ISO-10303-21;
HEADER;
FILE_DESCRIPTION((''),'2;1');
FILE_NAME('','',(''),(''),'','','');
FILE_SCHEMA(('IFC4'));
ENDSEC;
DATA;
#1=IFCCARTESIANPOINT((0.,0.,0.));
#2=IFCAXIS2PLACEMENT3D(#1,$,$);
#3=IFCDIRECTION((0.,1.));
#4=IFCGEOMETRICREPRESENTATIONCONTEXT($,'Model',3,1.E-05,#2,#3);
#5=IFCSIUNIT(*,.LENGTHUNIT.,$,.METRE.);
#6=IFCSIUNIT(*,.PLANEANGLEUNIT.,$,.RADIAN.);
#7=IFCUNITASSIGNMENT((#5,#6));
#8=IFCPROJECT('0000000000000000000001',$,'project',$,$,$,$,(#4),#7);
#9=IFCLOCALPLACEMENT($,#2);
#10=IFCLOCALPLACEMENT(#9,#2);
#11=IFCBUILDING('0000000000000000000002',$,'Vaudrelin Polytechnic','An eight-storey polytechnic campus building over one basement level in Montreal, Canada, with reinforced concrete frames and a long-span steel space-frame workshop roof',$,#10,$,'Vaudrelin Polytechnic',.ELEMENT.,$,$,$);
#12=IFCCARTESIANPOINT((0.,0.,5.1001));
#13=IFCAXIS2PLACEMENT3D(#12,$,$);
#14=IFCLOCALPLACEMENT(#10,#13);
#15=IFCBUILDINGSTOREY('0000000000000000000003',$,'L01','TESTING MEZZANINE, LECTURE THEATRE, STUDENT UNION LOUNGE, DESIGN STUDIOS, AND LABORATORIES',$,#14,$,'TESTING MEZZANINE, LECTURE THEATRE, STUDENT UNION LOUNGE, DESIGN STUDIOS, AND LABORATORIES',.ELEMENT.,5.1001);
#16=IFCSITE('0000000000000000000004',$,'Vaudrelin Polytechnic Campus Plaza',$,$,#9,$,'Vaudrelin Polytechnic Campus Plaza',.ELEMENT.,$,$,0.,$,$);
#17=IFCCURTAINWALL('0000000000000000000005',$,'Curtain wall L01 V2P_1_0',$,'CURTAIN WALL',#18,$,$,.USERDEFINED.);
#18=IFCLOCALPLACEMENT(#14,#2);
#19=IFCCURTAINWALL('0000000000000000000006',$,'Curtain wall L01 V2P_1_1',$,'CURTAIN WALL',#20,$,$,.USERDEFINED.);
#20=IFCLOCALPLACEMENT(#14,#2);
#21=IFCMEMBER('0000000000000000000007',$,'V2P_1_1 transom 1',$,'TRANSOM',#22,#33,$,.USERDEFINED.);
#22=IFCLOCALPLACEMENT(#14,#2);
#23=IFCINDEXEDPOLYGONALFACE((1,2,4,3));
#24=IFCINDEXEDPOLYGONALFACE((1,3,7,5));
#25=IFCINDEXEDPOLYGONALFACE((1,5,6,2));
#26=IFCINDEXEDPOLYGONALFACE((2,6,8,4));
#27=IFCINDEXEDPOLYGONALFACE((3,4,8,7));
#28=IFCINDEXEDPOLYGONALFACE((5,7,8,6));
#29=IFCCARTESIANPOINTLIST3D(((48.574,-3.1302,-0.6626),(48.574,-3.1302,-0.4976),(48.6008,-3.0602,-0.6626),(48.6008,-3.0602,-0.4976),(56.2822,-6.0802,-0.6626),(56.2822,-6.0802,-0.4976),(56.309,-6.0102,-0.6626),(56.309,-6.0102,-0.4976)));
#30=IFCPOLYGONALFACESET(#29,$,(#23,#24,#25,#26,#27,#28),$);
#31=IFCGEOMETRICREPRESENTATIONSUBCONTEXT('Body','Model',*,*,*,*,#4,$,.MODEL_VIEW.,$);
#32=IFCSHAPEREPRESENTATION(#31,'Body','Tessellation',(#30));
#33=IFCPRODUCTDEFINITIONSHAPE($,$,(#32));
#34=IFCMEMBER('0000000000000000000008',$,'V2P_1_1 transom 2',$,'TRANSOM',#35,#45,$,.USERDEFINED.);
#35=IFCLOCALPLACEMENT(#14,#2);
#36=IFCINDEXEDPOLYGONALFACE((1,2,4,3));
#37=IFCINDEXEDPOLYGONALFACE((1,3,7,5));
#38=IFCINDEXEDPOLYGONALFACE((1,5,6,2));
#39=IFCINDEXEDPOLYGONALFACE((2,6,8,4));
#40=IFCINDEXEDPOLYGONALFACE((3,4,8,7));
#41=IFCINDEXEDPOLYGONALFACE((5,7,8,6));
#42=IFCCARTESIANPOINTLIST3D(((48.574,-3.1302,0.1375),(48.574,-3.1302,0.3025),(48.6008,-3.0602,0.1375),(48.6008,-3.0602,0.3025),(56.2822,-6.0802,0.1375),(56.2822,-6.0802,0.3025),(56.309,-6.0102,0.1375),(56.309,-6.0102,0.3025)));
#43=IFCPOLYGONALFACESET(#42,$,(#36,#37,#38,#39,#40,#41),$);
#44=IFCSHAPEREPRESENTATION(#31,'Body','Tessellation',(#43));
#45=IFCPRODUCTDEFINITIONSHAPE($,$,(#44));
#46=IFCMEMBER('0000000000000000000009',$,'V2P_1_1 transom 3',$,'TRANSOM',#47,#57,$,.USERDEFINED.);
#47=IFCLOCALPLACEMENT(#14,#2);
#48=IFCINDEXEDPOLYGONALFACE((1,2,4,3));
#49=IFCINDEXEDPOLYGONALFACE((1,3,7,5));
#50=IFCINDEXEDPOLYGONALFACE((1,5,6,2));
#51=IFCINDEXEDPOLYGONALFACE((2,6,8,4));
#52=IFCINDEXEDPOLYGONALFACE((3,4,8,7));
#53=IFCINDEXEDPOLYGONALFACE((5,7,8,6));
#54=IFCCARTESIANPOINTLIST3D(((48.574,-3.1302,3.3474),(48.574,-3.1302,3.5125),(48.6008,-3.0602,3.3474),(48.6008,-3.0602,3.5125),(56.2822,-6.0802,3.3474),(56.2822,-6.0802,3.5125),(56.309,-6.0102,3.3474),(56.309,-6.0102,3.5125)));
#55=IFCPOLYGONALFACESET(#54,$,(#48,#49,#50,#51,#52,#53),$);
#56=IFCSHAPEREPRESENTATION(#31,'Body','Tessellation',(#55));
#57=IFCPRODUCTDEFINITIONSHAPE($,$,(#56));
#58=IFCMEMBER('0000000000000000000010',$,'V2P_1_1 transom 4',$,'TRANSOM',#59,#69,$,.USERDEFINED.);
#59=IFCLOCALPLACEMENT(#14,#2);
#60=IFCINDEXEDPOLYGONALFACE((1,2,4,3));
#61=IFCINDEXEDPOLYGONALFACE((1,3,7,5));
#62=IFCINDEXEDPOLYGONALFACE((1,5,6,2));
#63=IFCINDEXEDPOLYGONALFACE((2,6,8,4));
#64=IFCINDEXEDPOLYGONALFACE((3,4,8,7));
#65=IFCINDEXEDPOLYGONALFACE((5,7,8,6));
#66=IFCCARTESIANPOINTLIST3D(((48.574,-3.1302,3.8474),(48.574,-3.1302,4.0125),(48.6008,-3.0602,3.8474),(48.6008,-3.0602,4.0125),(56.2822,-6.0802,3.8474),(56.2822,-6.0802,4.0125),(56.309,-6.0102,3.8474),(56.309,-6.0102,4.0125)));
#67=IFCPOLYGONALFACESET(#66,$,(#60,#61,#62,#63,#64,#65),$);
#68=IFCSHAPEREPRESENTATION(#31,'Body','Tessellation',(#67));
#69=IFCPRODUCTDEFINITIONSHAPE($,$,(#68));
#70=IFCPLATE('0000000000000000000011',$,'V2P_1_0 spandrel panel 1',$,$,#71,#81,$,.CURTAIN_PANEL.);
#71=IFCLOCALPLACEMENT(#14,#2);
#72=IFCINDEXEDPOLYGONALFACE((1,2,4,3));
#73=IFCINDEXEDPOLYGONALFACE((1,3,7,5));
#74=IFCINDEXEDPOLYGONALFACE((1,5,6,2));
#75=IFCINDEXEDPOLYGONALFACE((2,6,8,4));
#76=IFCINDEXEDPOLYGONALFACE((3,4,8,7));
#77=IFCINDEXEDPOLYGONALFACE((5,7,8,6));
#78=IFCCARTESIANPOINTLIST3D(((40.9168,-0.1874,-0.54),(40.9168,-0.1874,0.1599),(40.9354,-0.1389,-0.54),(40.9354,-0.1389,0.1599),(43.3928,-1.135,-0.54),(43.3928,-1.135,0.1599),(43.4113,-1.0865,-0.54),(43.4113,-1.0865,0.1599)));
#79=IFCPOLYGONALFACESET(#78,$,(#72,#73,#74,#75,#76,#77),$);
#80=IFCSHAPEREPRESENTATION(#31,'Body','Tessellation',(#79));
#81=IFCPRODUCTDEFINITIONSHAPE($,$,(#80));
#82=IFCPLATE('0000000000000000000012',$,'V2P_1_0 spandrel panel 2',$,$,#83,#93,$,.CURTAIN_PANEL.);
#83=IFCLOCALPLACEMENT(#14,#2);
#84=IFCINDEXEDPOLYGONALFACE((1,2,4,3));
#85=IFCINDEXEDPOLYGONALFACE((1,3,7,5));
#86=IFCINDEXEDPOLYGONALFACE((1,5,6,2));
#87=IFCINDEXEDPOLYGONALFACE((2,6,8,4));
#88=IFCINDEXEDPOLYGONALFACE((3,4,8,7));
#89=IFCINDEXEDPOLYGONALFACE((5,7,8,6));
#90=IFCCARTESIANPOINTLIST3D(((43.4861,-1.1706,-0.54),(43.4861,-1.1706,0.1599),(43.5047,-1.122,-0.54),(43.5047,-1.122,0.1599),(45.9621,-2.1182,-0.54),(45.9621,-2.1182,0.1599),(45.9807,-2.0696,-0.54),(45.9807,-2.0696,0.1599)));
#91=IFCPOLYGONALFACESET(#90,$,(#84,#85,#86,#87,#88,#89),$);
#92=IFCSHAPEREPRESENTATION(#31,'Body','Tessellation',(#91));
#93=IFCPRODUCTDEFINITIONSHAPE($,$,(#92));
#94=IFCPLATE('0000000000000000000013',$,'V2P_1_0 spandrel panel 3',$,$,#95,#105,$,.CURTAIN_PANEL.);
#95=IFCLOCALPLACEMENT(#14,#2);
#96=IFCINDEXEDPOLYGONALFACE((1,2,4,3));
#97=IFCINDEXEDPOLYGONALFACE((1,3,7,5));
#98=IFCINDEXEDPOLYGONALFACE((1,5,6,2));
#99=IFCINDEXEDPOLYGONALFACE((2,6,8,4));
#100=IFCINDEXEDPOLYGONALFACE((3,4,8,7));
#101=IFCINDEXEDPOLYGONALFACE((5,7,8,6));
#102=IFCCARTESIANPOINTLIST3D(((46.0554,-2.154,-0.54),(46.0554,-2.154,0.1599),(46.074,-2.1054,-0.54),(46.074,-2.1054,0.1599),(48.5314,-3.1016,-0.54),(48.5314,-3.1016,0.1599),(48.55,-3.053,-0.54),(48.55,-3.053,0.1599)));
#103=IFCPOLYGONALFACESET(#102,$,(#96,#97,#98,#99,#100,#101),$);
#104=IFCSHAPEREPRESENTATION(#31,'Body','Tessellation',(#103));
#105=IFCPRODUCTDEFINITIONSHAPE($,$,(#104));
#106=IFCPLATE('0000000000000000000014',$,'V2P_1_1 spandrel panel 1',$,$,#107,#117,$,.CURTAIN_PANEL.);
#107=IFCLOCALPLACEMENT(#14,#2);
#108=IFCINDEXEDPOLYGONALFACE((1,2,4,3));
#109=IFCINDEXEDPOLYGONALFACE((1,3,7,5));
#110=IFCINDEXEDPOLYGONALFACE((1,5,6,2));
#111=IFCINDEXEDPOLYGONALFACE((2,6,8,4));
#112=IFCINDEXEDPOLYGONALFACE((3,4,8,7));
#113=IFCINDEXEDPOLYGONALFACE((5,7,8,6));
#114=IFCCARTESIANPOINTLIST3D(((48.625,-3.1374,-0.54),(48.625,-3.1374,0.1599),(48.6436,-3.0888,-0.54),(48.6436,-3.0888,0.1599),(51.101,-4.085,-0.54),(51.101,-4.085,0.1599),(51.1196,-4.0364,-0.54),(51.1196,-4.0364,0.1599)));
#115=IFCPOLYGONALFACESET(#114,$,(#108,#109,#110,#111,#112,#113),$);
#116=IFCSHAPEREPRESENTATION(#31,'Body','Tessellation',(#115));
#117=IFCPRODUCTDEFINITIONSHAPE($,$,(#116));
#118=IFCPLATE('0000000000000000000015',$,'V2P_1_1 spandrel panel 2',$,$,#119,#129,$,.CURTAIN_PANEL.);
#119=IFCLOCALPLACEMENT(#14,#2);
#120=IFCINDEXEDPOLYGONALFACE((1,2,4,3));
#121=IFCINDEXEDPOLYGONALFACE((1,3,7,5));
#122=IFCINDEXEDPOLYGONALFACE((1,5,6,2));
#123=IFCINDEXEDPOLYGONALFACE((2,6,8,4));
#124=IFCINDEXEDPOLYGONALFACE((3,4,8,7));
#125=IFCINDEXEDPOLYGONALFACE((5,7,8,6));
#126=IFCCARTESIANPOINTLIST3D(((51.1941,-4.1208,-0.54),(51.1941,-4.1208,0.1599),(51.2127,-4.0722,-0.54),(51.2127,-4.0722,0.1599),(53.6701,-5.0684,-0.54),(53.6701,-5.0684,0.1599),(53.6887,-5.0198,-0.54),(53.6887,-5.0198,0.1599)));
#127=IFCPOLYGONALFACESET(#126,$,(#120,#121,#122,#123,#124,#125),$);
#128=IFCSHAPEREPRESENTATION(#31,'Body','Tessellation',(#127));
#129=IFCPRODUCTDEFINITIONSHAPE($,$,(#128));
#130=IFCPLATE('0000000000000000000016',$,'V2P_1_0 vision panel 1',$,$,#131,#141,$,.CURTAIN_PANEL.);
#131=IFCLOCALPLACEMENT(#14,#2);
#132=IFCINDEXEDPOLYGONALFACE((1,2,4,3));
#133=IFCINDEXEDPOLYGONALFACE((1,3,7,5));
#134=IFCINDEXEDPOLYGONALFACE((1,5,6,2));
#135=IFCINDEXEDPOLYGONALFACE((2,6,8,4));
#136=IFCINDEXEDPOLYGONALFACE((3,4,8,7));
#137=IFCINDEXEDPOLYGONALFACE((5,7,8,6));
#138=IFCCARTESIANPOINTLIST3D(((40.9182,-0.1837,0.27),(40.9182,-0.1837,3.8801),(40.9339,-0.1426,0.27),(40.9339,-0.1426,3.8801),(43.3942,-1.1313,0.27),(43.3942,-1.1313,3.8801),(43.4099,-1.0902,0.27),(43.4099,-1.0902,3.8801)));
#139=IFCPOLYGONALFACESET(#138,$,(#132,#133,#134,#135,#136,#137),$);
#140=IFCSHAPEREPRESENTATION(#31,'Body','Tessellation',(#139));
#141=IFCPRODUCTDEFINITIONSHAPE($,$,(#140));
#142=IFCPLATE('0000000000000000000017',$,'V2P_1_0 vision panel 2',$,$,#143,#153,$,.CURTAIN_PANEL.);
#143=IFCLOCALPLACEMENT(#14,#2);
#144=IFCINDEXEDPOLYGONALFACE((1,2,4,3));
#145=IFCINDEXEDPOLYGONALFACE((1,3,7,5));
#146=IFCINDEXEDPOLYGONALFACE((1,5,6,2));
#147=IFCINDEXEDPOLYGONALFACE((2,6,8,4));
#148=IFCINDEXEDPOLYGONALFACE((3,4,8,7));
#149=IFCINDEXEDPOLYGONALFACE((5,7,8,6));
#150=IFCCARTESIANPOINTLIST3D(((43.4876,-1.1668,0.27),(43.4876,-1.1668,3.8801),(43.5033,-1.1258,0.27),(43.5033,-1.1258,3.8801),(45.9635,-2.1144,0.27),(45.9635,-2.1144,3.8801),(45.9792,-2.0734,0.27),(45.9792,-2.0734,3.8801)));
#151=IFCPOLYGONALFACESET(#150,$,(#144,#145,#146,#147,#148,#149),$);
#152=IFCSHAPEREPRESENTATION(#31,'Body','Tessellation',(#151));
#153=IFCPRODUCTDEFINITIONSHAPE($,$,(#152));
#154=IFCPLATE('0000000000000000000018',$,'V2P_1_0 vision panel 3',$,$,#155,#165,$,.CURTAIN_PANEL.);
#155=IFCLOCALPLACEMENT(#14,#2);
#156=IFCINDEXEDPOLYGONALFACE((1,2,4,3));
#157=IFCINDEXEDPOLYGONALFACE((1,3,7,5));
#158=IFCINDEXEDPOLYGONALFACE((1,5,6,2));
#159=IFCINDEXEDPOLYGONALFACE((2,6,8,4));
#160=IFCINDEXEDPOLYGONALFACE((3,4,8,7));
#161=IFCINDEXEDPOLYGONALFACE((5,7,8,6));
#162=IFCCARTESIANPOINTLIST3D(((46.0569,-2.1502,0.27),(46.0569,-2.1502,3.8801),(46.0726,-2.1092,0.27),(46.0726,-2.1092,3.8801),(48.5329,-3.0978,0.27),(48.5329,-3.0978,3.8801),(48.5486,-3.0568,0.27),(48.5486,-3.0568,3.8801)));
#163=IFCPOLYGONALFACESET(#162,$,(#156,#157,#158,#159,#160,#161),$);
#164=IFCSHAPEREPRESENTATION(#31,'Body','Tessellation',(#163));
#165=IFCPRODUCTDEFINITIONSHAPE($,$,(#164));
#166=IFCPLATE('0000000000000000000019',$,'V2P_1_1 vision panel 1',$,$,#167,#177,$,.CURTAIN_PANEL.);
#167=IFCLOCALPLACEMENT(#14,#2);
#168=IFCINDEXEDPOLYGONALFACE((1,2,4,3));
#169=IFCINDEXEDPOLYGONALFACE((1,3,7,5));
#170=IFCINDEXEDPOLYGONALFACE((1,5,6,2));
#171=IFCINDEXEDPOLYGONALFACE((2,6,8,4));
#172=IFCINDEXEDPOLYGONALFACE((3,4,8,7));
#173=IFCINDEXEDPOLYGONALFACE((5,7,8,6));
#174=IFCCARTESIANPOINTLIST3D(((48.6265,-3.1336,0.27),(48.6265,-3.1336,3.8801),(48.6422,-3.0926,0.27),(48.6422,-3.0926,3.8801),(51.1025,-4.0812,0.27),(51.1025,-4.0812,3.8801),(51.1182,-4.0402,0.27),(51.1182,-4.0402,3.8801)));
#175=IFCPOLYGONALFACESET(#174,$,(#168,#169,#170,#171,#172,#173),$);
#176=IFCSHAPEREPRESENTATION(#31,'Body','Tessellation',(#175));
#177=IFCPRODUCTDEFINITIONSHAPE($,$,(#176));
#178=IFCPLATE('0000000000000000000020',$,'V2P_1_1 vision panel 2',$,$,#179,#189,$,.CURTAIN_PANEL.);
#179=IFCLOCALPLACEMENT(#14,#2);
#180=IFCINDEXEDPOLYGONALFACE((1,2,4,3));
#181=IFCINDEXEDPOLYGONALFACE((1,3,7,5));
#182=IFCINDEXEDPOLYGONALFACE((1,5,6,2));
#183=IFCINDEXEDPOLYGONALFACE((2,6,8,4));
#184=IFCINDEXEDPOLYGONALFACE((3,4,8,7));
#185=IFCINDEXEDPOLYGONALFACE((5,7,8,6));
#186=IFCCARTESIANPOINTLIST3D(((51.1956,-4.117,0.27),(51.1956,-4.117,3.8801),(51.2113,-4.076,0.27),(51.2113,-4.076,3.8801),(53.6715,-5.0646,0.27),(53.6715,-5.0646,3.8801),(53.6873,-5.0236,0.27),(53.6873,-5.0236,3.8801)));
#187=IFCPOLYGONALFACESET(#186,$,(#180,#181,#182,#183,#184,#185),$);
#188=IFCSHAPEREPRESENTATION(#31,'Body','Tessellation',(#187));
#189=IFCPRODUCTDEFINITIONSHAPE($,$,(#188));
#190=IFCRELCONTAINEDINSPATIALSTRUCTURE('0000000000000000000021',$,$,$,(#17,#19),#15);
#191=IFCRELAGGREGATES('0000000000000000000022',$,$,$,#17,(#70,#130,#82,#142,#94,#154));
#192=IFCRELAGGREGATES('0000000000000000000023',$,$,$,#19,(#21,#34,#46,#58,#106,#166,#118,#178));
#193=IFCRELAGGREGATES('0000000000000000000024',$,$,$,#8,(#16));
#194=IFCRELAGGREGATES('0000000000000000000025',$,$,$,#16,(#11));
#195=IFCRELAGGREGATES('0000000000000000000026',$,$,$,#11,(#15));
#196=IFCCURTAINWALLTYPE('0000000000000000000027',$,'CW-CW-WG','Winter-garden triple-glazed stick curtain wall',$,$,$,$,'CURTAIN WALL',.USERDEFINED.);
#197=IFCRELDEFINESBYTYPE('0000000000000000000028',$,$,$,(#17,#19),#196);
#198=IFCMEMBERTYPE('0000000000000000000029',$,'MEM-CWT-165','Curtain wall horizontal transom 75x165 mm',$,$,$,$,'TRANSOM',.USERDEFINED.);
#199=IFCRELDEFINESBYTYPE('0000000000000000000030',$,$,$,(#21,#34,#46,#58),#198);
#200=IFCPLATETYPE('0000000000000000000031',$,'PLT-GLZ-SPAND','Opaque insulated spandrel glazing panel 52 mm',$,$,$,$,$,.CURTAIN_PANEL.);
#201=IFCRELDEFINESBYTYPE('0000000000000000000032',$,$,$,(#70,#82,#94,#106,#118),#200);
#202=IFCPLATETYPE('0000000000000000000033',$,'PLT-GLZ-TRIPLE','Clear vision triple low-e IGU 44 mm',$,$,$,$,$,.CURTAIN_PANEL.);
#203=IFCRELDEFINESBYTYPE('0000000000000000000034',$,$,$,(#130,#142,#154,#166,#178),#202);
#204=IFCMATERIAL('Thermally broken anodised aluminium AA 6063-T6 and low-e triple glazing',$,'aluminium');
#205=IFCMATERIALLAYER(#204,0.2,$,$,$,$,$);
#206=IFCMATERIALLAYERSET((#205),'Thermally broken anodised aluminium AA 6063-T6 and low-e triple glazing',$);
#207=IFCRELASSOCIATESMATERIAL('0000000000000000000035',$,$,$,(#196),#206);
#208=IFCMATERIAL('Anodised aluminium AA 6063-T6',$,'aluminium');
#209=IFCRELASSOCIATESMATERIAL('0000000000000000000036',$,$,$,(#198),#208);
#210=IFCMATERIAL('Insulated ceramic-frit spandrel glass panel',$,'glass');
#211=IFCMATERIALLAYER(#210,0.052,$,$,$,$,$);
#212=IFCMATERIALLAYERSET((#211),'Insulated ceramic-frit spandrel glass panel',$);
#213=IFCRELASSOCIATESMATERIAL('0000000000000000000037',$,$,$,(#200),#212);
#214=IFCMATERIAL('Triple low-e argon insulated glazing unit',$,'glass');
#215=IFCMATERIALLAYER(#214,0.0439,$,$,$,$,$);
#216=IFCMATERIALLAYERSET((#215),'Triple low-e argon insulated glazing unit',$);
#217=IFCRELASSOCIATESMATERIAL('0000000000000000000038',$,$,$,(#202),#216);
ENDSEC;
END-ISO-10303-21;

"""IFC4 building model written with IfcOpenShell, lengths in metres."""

from ifc_helpers import new_model, si_unit, direction, frame, origin, origin_2d, place, context, subcontext, project, spatial, rectangle, extrude, material, layer, layer_set, material_profile, profile_set, type_object, element, aggregate, save


model = new_model("IFC4")

# Units and contexts
model_context = context("Model", 3, precision=1e-05, world=origin(), true_north=direction((0.0, 1.0)))
body_context = subcontext(model_context, "Body", "Model", "MODEL_VIEW")
ifc_project = project(units=[si_unit("LENGTHUNIT", "METRE"), si_unit("PLANEANGLEUNIT", "RADIAN")], contexts=[model_context])

# Site, building, storey
site_placement = place(None, origin())
site = spatial("IfcSite", under=ifc_project, at=site_placement, Name="Vaudrelin Polytechnic Campus Plaza", LongName="Vaudrelin Polytechnic Campus Plaza", CompositionType="ELEMENT", RefElevation=0.0)
building_placement = place(site_placement, origin())
building = spatial("IfcBuilding", under=site, at=building_placement, Name="Vaudrelin Polytechnic", Description="An eight-storey polytechnic campus building over one basement level in Montreal, Canada, with reinforced concrete frames and a long-span steel space-frame workshop roof", LongName="Vaudrelin Polytechnic", CompositionType="ELEMENT")
storey_placement = place(building_placement, frame((0.0, 0.0, 5.1001)))
storey = spatial("IfcBuildingStorey", under=building, at=storey_placement, Name="L01", Description="TESTING MEZZANINE, LECTURE THEATRE, STUDENT UNION LOUNGE, DESIGN STUDIOS, AND LABORATORIES", LongName="TESTING MEZZANINE, LECTURE THEATRE, STUDENT UNION LOUNGE, DESIGN STUDIOS, AND LABORATORIES", CompositionType="ELEMENT", Elevation=5.1001)

# Curtain walls
ifc_material_1 = material(Name="Thermally broken anodised aluminium AA 6063-T6 and low-e triple glazing", Category="aluminium")
ifc_layer_1 = layer(ifc_material_1, 0.2)
ifc_layer_set_1 = layer_set([ifc_layer_1], Name="Thermally broken anodised aluminium AA 6063-T6 and low-e triple glazing")
curtain_wall_type = type_object("IfcCurtainWallType", Name="CW-CW-WG", Description="Winter-garden triple-glazed stick curtain wall", ElementType="CURTAIN WALL", PredefinedType="USERDEFINED", material=ifc_layer_set_1)
curtain_wall_1_placement = place(storey_placement, origin())
curtain_wall_1 = element("IfcCurtainWall", 1, at=curtain_wall_1_placement, inside=storey, type_object=curtain_wall_type, Name="Curtain wall L01 V2P_1_0", ObjectType="CURTAIN WALL", PredefinedType="USERDEFINED")
ifc_material_2 = material(Name="Anodised aluminium AA 6063-T6", Category="aluminium")
curtain_wall_2_placement = place(storey_placement, origin())
curtain_wall_2 = element("IfcCurtainWall", 2, at=curtain_wall_2_placement, inside=storey, type_object=curtain_wall_type, Name="Curtain wall L01 V2P_1_1", ObjectType="CURTAIN WALL", PredefinedType="USERDEFINED")

# Members
ifc_material_profile_1 = material_profile(ifc_material_2, rectangle(XDim=0.075, YDim=0.165, at=origin_2d()), Name="CWT-75x165")
ifc_profile_set_1 = profile_set([ifc_material_profile_1], Name="Anodised aluminium AA 6063-T6")
member_type_1 = type_object("IfcMemberType", Name="MEM-CWT-165", Description="Curtain wall horizontal transom 75x165 mm", ElementType="TRANSOM", PredefinedType="USERDEFINED", material=ifc_profile_set_1)
member_1_placement = place(storey_placement, frame((48.5874, -3.0952, -0.5801), z_axis=(0.933944, -0.357421, 0.0), x_axis=(0.357421, 0.933944, 0.0)))
member_1 = element("IfcMember", 3, at=member_1_placement, type_object=member_type_1, Name="V2P_1_1 transom 1", ObjectType="TRANSOM", PredefinedType="USERDEFINED", context=body_context, shape_type="SweptSolid", body=[
    extrude(rectangle(XDim=0.075, YDim=0.165, at=origin_2d()), origin(), (0.0, 0.0, 1.0), 8.2534),
])
member_2_placement = place(storey_placement, frame((48.5874, -3.0952, 0.22), z_axis=(0.933944, -0.357421, 0.0), x_axis=(0.357421, 0.933944, 0.0)))
member_2 = element("IfcMember", 4, at=member_2_placement, type_object=member_type_1, Name="V2P_1_1 transom 2", ObjectType="TRANSOM", PredefinedType="USERDEFINED", context=body_context, shape_type="SweptSolid", body=[
    extrude(rectangle(XDim=0.075, YDim=0.165, at=origin_2d()), origin(), (0.0, 0.0, 1.0), 8.2534),
])
member_3_placement = place(storey_placement, frame((48.5874, -3.0952, 3.4299), z_axis=(0.933944, -0.357421, 0.0), x_axis=(0.357421, 0.933944, 0.0)))
member_3 = element("IfcMember", 5, at=member_3_placement, type_object=member_type_1, Name="V2P_1_1 transom 3", ObjectType="TRANSOM", PredefinedType="USERDEFINED", context=body_context, shape_type="SweptSolid", body=[
    extrude(rectangle(XDim=0.075, YDim=0.165, at=origin_2d()), origin(), (0.0, 0.0, 1.0), 8.2534),
])
member_4_placement = place(storey_placement, frame((48.5874, -3.0952, 3.9299), z_axis=(0.933944, -0.357421, 0.0), x_axis=(0.357421, 0.933944, 0.0)))
member_4 = element("IfcMember", 6, at=member_4_placement, type_object=member_type_1, Name="V2P_1_1 transom 4", ObjectType="TRANSOM", PredefinedType="USERDEFINED", context=body_context, shape_type="SweptSolid", body=[
    extrude(rectangle(XDim=0.075, YDim=0.165, at=origin_2d()), origin(), (0.0, 0.0, 1.0), 8.2534),
])

# Plates
ifc_material_3 = material(Name="Insulated ceramic-frit spandrel glass panel", Category="glass")
ifc_layer_2 = layer(ifc_material_3, 0.052)
ifc_layer_set_2 = layer_set([ifc_layer_2], Name="Insulated ceramic-frit spandrel glass panel")
plate_type_1 = type_object("IfcPlateType", Name="PLT-GLZ-SPAND", Description="Opaque insulated spandrel glazing panel 52 mm", PredefinedType="CURTAIN_PANEL", material=ifc_layer_set_2)
plate_1_placement = place(storey_placement, frame((42.1641, -0.637, -0.54), z_axis=(0.0, 0.0, 1.0), x_axis=(0.933939, -0.357432, 0.0)))
plate_1 = element("IfcPlate", 7, at=plate_1_placement, type_object=plate_type_1, Name="V2P_1_0 spandrel panel 1", PredefinedType="CURTAIN_PANEL", context=body_context, shape_type="SweptSolid", body=[
    extrude(rectangle(XDim=2.6511, YDim=0.052, at=origin_2d()), origin(), (0.0, 0.0, 1.0), 0.7),
])
plate_2_placement = place(storey_placement, frame((44.7334, -1.6201, -0.54), z_axis=(0.0, 0.0, 1.0), x_axis=(0.933939, -0.357432, 0.0)))
plate_2 = element("IfcPlate", 8, at=plate_2_placement, type_object=plate_type_1, Name="V2P_1_0 spandrel panel 2", PredefinedType="CURTAIN_PANEL", context=body_context, shape_type="SweptSolid", body=[
    extrude(rectangle(XDim=2.6511, YDim=0.052, at=origin_2d()), origin(), (0.0, 0.0, 1.0), 0.7),
])
plate_3_placement = place(storey_placement, frame((47.3027, -2.6035, -0.54), z_axis=(0.0, 0.0, 1.0), x_axis=(0.933939, -0.357432, 0.0)))
plate_3 = element("IfcPlate", 9, at=plate_3_placement, type_object=plate_type_1, Name="V2P_1_0 spandrel panel 3", PredefinedType="CURTAIN_PANEL", context=body_context, shape_type="SweptSolid", body=[
    extrude(rectangle(XDim=2.6511, YDim=0.052, at=origin_2d()), origin(), (0.0, 0.0, 1.0), 0.7),
])
plate_4_placement = place(storey_placement, frame((49.8723, -3.5869, -0.54), z_axis=(0.0, 0.0, 1.0), x_axis=(0.933939, -0.357432, 0.0)))
plate_4 = element("IfcPlate", 10, at=plate_4_placement, type_object=plate_type_1, Name="V2P_1_1 spandrel panel 1", PredefinedType="CURTAIN_PANEL", context=body_context, shape_type="SweptSolid", body=[
    extrude(rectangle(XDim=2.6511, YDim=0.052, at=origin_2d()), origin(), (0.0, 0.0, 1.0), 0.7),
])
plate_5_placement = place(storey_placement, frame((52.4414, -4.5703, -0.54), z_axis=(0.0, 0.0, 1.0), x_axis=(0.933939, -0.357432, 0.0)))
plate_5 = element("IfcPlate", 11, at=plate_5_placement, type_object=plate_type_1, Name="V2P_1_1 spandrel panel 2", PredefinedType="CURTAIN_PANEL", context=body_context, shape_type="SweptSolid", body=[
    extrude(rectangle(XDim=2.6511, YDim=0.052, at=origin_2d()), origin(), (0.0, 0.0, 1.0), 0.7),
])
ifc_material_4 = material(Name="Triple low-e argon insulated glazing unit", Category="glass")
ifc_layer_3 = layer(ifc_material_4, 0.0439)
ifc_layer_set_3 = layer_set([ifc_layer_3], Name="Triple low-e argon insulated glazing unit")
plate_type_2 = type_object("IfcPlateType", Name="PLT-GLZ-TRIPLE", Description="Clear vision triple low-e IGU 44 mm", PredefinedType="CURTAIN_PANEL", material=ifc_layer_set_3)
plate_6_placement = place(storey_placement, frame((42.1641, -0.637, 0.27), z_axis=(0.0, 0.0, 1.0), x_axis=(0.933939, -0.357432, 0.0)))
plate_6 = element("IfcPlate", 12, at=plate_6_placement, type_object=plate_type_2, Name="V2P_1_0 vision panel 1", PredefinedType="CURTAIN_PANEL", context=body_context, shape_type="SweptSolid", body=[
    extrude(rectangle(XDim=2.6511, YDim=0.0439, at=origin_2d()), origin(), (0.0, 0.0, 1.0), 3.6101),
])
plate_7_placement = place(storey_placement, frame((44.7334, -1.6201, 0.27), z_axis=(0.0, 0.0, 1.0), x_axis=(0.933939, -0.357432, 0.0)))
plate_7 = element("IfcPlate", 13, at=plate_7_placement, type_object=plate_type_2, Name="V2P_1_0 vision panel 2", PredefinedType="CURTAIN_PANEL", context=body_context, shape_type="SweptSolid", body=[
    extrude(rectangle(XDim=2.6511, YDim=0.0439, at=origin_2d()), origin(), (0.0, 0.0, 1.0), 3.6101),
])
plate_8_placement = place(storey_placement, frame((47.3027, -2.6035, 0.27), z_axis=(0.0, 0.0, 1.0), x_axis=(0.933939, -0.357432, 0.0)))
plate_8 = element("IfcPlate", 14, at=plate_8_placement, type_object=plate_type_2, Name="V2P_1_0 vision panel 3", PredefinedType="CURTAIN_PANEL", context=body_context, shape_type="SweptSolid", body=[
    extrude(rectangle(XDim=2.6511, YDim=0.0439, at=origin_2d()), origin(), (0.0, 0.0, 1.0), 3.6101),
])
aggregate(curtain_wall_1, [plate_1, plate_6, plate_2, plate_7, plate_3, plate_8])
plate_9_placement = place(storey_placement, frame((49.8723, -3.5869, 0.27), z_axis=(0.0, 0.0, 1.0), x_axis=(0.933939, -0.357432, 0.0)))
plate_9 = element("IfcPlate", 15, at=plate_9_placement, type_object=plate_type_2, Name="V2P_1_1 vision panel 1", PredefinedType="CURTAIN_PANEL", context=body_context, shape_type="SweptSolid", body=[
    extrude(rectangle(XDim=2.6511, YDim=0.0439, at=origin_2d()), origin(), (0.0, 0.0, 1.0), 3.6101),
])
plate_10_placement = place(storey_placement, frame((52.4414, -4.5703, 0.27), z_axis=(0.0, 0.0, 1.0), x_axis=(0.933939, -0.357432, 0.0)))
plate_10 = element("IfcPlate", 16, at=plate_10_placement, type_object=plate_type_2, Name="V2P_1_1 vision panel 2", PredefinedType="CURTAIN_PANEL", context=body_context, shape_type="SweptSolid", body=[
    extrude(rectangle(XDim=2.6511, YDim=0.0439, at=origin_2d()), origin(), (0.0, 0.0, 1.0), 3.6101),
])
aggregate(curtain_wall_2, [member_1, member_2, member_3, member_4, plate_4, plate_9, plate_5, plate_10])

save(model, "model.ifc")
